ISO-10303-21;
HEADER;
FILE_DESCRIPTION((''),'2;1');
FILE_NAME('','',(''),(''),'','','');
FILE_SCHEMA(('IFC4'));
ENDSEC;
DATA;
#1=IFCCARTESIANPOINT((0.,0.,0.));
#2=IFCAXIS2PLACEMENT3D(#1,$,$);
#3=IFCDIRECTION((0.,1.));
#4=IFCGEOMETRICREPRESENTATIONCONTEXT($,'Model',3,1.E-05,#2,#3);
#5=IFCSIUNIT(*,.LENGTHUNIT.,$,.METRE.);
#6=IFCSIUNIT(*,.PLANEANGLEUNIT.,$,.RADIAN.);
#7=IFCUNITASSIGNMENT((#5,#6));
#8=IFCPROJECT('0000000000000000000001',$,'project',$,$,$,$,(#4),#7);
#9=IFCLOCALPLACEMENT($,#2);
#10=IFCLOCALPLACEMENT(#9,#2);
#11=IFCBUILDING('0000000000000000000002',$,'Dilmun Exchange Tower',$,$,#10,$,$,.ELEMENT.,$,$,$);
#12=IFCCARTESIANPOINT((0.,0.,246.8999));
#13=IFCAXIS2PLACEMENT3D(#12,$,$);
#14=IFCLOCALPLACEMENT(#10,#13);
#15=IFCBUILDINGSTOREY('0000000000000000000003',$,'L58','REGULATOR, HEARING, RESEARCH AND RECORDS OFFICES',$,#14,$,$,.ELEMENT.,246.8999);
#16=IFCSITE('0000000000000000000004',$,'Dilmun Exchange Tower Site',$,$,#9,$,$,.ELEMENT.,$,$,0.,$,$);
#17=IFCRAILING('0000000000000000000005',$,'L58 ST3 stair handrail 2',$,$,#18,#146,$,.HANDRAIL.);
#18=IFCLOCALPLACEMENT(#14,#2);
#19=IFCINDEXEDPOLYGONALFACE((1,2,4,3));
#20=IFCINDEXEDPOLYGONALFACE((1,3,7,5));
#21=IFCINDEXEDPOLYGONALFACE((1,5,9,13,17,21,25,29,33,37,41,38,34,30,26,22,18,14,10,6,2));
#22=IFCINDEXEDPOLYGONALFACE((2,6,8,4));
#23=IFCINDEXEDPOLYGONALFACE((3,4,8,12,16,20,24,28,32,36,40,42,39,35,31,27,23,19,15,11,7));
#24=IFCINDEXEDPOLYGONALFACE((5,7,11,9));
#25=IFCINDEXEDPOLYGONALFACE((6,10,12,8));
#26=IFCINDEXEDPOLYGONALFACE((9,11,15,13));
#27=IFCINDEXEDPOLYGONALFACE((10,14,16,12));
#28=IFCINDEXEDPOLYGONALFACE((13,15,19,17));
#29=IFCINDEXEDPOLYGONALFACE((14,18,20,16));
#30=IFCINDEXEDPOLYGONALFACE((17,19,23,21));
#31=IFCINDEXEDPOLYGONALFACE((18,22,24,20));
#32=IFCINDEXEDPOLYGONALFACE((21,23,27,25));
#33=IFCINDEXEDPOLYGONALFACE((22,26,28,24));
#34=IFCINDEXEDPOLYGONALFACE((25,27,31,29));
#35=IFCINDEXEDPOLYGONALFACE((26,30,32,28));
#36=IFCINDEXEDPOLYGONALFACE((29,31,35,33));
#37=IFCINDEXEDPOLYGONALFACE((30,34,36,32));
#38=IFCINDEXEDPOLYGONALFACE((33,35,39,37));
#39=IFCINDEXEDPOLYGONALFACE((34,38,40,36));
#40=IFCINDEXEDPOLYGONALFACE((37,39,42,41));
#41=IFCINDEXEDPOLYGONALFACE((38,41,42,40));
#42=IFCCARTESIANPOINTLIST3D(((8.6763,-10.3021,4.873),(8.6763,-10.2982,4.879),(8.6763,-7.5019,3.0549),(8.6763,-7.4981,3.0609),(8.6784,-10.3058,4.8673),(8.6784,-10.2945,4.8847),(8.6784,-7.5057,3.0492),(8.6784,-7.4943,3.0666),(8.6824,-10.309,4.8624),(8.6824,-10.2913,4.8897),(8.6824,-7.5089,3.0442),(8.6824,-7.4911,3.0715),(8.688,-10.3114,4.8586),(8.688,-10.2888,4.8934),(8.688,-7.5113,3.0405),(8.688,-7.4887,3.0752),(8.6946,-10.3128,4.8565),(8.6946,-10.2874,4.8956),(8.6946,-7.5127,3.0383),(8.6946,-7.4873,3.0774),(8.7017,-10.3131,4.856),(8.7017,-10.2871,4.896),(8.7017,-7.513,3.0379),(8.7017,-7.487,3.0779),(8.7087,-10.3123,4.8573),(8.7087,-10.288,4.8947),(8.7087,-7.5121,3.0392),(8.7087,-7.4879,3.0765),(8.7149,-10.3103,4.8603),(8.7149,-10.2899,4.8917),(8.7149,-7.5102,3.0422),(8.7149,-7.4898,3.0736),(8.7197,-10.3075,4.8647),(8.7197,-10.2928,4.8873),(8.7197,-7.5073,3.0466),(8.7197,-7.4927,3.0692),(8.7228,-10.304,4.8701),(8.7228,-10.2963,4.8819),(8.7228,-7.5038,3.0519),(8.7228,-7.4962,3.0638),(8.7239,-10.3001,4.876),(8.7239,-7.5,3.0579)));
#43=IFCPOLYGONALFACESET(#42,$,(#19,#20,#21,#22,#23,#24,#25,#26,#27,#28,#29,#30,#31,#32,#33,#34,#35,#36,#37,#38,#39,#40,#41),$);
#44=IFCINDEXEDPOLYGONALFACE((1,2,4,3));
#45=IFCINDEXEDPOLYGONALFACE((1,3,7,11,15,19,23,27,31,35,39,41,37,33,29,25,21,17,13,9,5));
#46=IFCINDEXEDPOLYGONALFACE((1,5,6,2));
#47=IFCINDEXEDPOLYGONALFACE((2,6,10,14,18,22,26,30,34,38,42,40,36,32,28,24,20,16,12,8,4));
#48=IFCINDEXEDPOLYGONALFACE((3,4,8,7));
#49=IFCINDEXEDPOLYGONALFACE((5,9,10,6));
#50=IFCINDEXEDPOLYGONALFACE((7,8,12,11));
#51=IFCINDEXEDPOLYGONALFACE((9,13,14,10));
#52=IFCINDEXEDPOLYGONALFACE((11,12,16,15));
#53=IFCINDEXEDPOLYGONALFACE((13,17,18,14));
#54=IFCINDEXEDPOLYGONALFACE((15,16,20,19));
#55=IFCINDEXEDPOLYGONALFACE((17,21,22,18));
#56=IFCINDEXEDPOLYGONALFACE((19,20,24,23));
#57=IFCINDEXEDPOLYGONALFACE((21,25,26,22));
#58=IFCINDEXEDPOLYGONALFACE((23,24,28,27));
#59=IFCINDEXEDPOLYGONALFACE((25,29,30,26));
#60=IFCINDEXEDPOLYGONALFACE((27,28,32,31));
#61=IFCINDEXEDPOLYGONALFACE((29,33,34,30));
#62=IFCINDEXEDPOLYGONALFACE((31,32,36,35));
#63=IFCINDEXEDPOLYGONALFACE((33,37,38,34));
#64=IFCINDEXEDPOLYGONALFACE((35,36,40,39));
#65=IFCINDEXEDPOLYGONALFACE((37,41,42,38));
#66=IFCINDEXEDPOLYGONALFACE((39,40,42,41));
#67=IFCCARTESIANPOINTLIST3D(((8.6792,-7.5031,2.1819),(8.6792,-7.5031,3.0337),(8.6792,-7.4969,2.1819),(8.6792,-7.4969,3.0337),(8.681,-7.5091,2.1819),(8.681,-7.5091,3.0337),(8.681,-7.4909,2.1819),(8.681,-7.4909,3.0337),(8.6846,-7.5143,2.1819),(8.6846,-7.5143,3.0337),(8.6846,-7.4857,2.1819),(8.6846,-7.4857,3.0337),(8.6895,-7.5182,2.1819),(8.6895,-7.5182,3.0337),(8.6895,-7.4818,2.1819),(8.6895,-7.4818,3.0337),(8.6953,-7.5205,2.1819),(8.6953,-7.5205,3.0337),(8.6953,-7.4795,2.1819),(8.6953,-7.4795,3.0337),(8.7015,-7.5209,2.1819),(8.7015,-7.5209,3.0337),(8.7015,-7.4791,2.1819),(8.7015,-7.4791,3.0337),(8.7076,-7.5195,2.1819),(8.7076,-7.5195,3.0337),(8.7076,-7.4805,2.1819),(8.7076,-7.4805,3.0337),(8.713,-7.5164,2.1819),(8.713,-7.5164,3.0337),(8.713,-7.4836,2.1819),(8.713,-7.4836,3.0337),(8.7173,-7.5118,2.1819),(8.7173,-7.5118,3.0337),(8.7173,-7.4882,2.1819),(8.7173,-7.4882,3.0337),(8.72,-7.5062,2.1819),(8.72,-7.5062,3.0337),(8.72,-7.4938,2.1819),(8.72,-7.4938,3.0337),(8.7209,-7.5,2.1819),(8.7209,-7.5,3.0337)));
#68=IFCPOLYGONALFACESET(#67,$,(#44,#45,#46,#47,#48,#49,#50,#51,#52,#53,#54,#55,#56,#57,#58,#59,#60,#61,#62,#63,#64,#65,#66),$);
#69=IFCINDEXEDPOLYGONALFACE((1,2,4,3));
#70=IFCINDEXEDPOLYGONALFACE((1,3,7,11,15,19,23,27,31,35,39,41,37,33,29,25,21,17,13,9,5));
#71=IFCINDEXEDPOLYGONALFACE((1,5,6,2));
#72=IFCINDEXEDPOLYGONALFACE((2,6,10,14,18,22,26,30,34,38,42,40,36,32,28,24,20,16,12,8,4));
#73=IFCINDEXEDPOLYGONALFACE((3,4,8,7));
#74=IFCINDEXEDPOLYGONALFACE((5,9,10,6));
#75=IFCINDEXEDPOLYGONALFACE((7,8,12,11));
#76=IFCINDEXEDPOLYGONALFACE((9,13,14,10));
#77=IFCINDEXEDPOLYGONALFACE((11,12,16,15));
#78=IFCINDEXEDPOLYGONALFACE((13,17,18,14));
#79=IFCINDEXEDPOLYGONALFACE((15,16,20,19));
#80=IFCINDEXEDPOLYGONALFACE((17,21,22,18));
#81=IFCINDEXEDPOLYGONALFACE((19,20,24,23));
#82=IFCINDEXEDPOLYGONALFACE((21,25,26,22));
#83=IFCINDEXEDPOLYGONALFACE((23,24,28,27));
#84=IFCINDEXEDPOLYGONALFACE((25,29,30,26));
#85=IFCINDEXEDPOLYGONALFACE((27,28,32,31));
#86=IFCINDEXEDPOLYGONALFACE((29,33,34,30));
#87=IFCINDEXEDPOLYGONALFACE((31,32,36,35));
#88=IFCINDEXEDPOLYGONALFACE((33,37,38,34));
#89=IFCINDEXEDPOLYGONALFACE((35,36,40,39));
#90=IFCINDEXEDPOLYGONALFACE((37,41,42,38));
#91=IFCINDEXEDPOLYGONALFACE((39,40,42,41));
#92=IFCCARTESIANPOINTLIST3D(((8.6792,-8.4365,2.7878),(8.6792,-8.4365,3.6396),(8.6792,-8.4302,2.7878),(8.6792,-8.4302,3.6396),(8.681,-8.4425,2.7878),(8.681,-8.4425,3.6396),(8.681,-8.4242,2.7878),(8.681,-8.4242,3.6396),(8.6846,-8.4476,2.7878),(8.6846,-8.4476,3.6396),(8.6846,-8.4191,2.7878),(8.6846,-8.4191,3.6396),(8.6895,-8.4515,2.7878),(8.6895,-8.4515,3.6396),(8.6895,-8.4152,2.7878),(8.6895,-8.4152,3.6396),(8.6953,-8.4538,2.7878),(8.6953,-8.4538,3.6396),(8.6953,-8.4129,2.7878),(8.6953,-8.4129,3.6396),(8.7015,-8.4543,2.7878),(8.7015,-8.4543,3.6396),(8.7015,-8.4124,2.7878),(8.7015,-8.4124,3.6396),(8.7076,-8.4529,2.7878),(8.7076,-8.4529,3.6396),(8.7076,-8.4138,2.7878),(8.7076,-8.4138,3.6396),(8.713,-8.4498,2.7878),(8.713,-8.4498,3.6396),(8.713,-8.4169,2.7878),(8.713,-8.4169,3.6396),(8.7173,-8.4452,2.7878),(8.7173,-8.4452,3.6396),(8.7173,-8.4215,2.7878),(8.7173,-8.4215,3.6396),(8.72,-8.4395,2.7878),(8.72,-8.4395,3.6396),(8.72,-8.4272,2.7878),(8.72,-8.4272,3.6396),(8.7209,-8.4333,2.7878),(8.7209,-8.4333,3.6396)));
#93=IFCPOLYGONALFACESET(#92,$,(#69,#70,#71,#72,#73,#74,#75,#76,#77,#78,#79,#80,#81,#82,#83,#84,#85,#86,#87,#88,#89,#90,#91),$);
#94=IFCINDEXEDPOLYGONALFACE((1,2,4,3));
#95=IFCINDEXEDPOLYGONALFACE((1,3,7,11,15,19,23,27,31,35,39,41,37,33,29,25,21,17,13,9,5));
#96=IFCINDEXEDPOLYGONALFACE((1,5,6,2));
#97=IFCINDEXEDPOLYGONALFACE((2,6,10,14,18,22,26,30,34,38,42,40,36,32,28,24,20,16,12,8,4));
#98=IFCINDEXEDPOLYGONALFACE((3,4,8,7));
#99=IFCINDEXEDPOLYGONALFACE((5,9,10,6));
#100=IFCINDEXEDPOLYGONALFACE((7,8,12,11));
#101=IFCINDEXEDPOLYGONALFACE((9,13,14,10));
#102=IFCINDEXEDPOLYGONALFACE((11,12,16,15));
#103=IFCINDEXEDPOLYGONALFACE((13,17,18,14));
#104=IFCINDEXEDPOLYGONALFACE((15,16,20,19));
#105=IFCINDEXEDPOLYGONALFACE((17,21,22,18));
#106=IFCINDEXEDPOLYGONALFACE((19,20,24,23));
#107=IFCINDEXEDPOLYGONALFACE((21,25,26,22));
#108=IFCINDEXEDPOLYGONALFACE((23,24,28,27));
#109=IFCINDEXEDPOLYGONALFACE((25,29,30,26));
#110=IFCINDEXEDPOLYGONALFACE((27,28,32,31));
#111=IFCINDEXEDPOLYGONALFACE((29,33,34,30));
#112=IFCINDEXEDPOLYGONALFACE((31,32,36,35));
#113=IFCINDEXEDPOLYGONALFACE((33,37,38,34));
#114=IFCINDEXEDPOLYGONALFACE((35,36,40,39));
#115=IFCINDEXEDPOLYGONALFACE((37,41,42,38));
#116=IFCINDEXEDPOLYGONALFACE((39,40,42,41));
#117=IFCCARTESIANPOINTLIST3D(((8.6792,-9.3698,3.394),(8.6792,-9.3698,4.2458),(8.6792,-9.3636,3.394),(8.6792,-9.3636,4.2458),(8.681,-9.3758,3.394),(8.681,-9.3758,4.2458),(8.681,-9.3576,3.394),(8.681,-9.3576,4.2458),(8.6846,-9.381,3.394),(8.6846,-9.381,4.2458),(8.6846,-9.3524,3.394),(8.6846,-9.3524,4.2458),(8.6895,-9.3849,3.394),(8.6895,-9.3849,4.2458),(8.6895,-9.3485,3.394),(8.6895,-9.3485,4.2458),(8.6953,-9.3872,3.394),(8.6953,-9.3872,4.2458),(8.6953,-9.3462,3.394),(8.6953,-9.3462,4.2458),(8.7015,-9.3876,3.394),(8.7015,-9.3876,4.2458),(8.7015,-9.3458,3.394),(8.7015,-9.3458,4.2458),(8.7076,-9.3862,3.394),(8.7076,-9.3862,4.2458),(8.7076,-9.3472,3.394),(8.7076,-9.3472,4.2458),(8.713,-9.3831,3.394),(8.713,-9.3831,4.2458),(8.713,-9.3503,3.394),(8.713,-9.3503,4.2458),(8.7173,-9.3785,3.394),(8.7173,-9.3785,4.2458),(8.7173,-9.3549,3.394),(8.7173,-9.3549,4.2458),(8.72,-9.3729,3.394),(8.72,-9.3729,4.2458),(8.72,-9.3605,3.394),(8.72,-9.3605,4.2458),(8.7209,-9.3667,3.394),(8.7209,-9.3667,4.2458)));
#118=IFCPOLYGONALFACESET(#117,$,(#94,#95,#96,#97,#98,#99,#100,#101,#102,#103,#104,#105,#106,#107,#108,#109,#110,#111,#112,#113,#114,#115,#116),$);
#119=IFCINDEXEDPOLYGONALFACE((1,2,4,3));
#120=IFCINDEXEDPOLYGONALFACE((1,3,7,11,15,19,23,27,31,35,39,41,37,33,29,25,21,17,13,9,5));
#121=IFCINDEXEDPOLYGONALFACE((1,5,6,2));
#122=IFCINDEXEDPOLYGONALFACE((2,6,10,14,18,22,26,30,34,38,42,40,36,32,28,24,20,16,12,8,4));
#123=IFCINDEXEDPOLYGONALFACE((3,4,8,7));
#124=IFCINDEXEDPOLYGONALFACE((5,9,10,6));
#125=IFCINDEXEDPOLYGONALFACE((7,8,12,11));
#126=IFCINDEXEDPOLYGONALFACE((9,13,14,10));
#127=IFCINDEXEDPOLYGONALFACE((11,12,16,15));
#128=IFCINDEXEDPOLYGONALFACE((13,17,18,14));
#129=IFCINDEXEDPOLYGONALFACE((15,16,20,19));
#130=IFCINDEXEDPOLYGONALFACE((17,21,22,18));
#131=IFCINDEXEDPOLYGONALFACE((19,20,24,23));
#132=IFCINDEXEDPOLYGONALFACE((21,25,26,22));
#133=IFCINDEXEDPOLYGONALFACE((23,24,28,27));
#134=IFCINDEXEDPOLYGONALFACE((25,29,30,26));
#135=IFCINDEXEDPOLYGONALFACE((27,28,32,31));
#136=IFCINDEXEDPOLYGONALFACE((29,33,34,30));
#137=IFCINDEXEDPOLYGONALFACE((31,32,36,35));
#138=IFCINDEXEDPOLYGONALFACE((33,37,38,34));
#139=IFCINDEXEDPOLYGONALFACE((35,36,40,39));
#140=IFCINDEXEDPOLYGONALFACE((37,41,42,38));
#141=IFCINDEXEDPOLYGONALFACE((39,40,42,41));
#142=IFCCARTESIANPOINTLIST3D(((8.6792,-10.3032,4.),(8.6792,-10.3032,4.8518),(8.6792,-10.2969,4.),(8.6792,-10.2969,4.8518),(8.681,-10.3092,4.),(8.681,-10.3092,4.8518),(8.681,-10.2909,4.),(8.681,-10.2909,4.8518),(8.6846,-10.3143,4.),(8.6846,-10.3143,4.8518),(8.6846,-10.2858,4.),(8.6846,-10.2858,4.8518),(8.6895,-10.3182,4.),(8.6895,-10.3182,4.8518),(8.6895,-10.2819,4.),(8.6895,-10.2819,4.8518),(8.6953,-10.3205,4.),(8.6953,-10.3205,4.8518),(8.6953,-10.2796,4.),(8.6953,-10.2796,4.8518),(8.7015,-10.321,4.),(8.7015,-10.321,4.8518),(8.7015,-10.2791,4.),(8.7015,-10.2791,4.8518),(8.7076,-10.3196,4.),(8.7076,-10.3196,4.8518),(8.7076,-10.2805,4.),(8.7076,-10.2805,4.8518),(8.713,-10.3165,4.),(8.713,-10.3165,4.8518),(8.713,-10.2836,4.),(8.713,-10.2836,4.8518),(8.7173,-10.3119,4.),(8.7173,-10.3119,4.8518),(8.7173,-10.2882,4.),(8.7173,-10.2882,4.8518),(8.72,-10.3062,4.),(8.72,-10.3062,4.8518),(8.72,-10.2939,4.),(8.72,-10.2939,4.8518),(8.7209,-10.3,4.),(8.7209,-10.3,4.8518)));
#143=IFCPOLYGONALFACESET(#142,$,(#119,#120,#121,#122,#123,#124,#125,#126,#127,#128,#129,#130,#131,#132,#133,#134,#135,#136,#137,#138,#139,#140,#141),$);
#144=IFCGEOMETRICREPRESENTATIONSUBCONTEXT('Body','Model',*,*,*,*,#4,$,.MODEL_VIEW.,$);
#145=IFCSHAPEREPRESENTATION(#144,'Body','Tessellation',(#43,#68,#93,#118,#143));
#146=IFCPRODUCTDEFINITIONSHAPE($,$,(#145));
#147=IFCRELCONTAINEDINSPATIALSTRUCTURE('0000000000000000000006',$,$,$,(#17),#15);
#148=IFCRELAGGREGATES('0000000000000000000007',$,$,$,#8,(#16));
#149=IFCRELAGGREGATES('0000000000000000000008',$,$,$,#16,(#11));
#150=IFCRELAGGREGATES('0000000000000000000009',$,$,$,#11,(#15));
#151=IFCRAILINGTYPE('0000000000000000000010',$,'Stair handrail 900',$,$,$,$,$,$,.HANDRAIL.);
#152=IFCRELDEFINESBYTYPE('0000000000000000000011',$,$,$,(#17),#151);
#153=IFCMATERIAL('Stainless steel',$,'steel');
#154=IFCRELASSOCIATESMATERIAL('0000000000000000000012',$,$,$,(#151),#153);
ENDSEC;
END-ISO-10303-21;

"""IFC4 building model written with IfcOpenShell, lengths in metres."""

from ifc_helpers import new_model, si_unit, direction, frame, origin, origin_2d, place, context, subcontext, project, spatial, circle, extrude, material, type_object, element, save


model = new_model("IFC4")

# Units and contexts
model_context = context("Model", 3, precision=1e-05, world=origin(), true_north=direction((0.0, 1.0)))
body_context = subcontext(model_context, "Body", "Model", "MODEL_VIEW")
ifc_project = project(units=[si_unit("LENGTHUNIT", "METRE"), si_unit("PLANEANGLEUNIT", "RADIAN")], contexts=[model_context])

# Site, building, storey
site_placement = place(None, origin())
site = spatial("IfcSite", under=ifc_project, at=site_placement, Name="Dilmun Exchange Tower Site", CompositionType="ELEMENT", RefElevation=0.0)
building_placement = place(site_placement, origin())
building = spatial("IfcBuilding", under=site, at=building_placement, Name="Dilmun Exchange Tower", CompositionType="ELEMENT")
storey_placement = place(building_placement, frame((0.0, 0.0, 246.8999)))
storey = spatial("IfcBuildingStorey", under=building, at=storey_placement, Name="L58", Description="REGULATOR, HEARING, RESEARCH AND RECORDS OFFICES", CompositionType="ELEMENT", Elevation=246.8999)

# Railing
ifc_material_1 = material(Name="Stainless steel", Category="steel")
railing_type = type_object("IfcRailingType", Name="Stair handrail 900", PredefinedType="HANDRAIL", material=ifc_material_1)
railing_1_placement = place(storey_placement, frame((8.7, -7.5, 2.1819)))
element("IfcRailing", 1, at=railing_1_placement, inside=storey, type_object=railing_type, Name="L58 ST3 stair handrail 2", PredefinedType="HANDRAIL", context=body_context, shape_type="SweptSolid", body=[
    extrude(circle(Radius=0.0239, at=origin_2d()), frame((0.0, 0.0, 0.876), z_axis=(0.0, -0.838706, 0.544585), x_axis=(1.0, 0.0, 0.0)), (0.0, 0.0, 1.0), 3.3386),
    extrude(circle(Radius=0.021, at=origin_2d()), origin(), (0.0, 0.0, 1.0), 0.8518),
    extrude(circle(Radius=0.021, at=origin_2d()), frame((0.0, -0.9333, 0.606)), (0.0, 0.0, 1.0), 0.8518),
    extrude(circle(Radius=0.021, at=origin_2d()), frame((0.0, -1.8667, 1.2122)), (0.0, 0.0, 1.0), 0.8518),
    extrude(circle(Radius=0.021, at=origin_2d()), frame((0.0, -2.8, 1.8181)), (0.0, 0.0, 1.0), 0.8518),
])

save(model, "model.ifc")
